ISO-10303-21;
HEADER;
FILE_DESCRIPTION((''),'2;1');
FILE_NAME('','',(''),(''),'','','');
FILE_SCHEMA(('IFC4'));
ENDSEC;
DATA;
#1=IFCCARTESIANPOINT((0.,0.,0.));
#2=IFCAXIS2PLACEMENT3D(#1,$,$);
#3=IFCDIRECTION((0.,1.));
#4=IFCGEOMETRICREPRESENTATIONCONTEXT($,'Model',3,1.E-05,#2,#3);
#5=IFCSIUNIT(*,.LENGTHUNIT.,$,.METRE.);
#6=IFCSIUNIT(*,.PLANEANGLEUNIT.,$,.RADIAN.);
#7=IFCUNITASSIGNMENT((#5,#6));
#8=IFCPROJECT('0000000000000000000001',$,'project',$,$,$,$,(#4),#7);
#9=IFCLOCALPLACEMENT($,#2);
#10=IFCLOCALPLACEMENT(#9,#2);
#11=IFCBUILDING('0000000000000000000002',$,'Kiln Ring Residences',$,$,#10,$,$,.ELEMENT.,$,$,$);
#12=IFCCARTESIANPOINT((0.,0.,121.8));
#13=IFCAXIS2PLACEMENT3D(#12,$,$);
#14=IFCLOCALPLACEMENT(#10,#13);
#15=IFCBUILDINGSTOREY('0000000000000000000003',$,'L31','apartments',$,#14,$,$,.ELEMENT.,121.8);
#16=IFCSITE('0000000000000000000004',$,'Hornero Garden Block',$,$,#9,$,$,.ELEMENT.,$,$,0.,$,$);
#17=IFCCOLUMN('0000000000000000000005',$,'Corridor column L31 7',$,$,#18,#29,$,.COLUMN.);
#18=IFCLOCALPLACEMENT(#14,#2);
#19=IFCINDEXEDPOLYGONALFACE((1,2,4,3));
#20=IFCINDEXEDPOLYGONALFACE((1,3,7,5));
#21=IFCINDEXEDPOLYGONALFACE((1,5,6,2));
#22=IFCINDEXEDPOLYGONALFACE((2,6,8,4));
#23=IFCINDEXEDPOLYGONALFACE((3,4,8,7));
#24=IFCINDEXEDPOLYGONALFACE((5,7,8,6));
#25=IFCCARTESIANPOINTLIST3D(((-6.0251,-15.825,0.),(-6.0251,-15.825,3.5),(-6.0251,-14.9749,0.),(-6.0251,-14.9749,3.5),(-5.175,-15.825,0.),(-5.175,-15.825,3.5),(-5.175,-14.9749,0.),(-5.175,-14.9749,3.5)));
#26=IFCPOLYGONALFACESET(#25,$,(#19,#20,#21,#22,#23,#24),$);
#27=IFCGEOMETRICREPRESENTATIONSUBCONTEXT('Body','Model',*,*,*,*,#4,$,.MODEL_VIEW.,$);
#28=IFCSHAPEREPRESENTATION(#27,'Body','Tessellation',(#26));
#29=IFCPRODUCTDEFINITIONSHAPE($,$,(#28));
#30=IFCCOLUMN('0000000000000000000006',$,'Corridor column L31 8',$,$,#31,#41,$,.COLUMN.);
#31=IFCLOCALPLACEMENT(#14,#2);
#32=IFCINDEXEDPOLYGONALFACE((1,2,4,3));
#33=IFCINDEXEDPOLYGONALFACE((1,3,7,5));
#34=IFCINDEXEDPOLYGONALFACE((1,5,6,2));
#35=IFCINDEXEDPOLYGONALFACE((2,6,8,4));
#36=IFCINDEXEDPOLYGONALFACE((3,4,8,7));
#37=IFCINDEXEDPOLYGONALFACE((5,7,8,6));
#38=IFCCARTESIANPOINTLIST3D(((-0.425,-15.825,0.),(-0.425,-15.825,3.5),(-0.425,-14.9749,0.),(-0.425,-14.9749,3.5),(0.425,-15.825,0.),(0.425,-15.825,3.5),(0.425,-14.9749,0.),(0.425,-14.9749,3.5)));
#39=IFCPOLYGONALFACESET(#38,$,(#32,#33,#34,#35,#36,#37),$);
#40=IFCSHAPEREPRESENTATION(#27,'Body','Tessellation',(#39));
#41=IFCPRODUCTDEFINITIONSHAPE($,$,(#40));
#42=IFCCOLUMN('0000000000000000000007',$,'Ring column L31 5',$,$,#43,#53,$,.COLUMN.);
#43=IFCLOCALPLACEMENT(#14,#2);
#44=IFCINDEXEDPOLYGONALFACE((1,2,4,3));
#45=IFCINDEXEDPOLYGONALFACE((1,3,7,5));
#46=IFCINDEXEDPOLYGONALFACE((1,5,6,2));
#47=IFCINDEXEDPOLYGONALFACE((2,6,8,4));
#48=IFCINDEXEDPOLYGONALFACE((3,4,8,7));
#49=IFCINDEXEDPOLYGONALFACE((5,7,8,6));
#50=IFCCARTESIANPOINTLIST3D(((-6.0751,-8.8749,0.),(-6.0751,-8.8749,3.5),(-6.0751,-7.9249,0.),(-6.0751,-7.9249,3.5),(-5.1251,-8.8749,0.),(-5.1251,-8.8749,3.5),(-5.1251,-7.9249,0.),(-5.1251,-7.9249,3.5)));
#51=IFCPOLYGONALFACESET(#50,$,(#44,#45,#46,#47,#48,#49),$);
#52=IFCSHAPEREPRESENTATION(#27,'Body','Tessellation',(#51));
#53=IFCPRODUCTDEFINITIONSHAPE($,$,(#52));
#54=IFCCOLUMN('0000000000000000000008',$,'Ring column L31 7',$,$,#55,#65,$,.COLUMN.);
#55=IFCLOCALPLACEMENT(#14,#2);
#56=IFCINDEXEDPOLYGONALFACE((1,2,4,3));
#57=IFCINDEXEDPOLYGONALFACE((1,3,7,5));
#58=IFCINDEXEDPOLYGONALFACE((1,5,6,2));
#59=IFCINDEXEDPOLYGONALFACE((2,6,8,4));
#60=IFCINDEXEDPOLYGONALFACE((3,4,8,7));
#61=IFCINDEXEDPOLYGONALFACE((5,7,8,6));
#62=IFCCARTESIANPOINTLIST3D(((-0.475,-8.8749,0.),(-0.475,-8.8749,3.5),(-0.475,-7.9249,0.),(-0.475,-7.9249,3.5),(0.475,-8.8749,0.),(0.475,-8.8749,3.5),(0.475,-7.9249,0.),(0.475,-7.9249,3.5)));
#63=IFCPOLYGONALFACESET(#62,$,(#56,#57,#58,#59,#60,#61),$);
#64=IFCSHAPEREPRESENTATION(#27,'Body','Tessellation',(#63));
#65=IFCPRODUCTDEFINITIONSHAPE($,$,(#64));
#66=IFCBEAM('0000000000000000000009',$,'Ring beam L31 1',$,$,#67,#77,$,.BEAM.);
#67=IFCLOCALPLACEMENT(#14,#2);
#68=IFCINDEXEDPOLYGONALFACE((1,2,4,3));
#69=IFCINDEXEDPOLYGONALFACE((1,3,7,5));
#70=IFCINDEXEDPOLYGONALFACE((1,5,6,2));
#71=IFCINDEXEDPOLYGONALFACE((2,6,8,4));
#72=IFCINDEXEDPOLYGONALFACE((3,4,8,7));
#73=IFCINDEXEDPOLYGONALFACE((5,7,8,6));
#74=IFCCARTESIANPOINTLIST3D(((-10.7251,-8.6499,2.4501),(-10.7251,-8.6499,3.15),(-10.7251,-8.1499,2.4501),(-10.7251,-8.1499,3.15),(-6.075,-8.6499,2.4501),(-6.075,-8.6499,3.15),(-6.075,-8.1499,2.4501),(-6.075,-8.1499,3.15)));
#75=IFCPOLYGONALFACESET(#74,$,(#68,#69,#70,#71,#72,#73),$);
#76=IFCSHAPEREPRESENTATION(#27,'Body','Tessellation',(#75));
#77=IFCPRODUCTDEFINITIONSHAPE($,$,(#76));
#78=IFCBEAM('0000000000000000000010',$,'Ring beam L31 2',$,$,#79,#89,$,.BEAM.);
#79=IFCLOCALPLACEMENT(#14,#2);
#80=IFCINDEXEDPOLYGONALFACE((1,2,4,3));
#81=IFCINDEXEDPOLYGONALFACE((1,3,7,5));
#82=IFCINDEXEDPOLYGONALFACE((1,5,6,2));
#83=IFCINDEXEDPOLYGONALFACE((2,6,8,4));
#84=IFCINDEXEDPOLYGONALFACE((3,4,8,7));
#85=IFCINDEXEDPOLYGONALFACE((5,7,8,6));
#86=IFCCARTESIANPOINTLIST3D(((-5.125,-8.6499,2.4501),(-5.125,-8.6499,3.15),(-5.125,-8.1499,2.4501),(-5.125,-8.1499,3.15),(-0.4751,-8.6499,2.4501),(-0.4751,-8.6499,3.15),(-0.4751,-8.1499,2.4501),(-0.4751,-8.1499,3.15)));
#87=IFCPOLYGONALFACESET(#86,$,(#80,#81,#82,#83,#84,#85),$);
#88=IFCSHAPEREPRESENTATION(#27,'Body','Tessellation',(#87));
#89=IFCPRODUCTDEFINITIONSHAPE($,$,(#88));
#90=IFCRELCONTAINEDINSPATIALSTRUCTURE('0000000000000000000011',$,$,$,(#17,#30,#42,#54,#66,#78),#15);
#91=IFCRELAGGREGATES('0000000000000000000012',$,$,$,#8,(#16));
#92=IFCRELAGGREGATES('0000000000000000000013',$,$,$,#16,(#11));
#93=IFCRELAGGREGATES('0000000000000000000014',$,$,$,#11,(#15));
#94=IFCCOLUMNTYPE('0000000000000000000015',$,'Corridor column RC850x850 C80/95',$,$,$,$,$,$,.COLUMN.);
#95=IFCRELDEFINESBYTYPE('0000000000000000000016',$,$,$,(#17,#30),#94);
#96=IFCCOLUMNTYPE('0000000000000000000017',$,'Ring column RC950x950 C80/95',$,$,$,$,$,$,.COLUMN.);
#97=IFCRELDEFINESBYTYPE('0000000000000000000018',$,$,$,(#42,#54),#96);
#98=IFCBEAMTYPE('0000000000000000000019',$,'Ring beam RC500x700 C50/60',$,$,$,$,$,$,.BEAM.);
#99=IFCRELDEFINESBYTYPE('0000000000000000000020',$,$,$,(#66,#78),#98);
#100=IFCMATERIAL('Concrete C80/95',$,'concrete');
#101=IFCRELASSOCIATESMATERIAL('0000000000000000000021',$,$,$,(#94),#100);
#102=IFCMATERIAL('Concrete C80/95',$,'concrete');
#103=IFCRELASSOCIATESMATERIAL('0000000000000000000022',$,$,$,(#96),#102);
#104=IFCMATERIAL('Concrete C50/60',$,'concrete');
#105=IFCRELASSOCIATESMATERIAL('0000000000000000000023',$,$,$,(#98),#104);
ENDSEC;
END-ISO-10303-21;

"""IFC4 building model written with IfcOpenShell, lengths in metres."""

from ifc_helpers import new_model, si_unit, direction, frame, origin, origin_2d, place, context, subcontext, project, spatial, rectangle, extrude, material, material_profile, profile_set, type_object, element, save


model = new_model("IFC4")

# Units and contexts
model_context = context("Model", 3, precision=1e-05, world=origin(), true_north=direction((0.0, 1.0)))
body_context = subcontext(model_context, "Body", "Model", "MODEL_VIEW")
ifc_project = project(units=[si_unit("LENGTHUNIT", "METRE"), si_unit("PLANEANGLEUNIT", "RADIAN")], contexts=[model_context])

# Site, building, storey
site_placement = place(None, origin())
site = spatial("IfcSite", under=ifc_project, at=site_placement, Name="Hornero Garden Block", CompositionType="ELEMENT", RefElevation=0.0)
building_placement = place(site_placement, origin())
building = spatial("IfcBuilding", under=site, at=building_placement, Name="Kiln Ring Residences", CompositionType="ELEMENT")
storey_placement = place(building_placement, frame((0.0, 0.0, 121.8)))
storey = spatial("IfcBuildingStorey", under=building, at=storey_placement, Name="L31", Description="apartments", CompositionType="ELEMENT", Elevation=121.8)

# Columns
ifc_material_1 = material(Name="Concrete C80/95", Category="concrete")
ifc_material_profile_1 = material_profile(ifc_material_1, rectangle(XDim=0.8501, YDim=0.8501, at=origin_2d()), Name="RC850x850")
ifc_profile_set_1 = profile_set([ifc_material_profile_1], Name="Concrete C80/95")
column_type_1 = type_object("IfcColumnType", Name="Corridor column RC850x850 C80/95", PredefinedType="COLUMN", material=ifc_profile_set_1)
for number, where, z_axis, x_axis, name in (
    (1, (-5.6001, -15.3999, 0.0), (0.0, 0.0, 1.0), (1.0, 0.0, 0.0), "Corridor column L31 7"),
    (2, (0.0, -15.3999, 0.0), (0.0, 0.0, 1.0), (1.0, 0.0, 0.0), "Corridor column L31 8"),
):
    element("IfcColumn", number, at=place(storey_placement, frame(where, z_axis=z_axis, x_axis=x_axis)), inside=storey, type_object=column_type_1, Name=name, PredefinedType="COLUMN", context=body_context, shape_type="SweptSolid", body=[
        extrude(rectangle(XDim=0.8501, YDim=0.8501, at=origin_2d()), origin(), (0.0, 0.0, 1.0), 3.5),
    ])
ifc_material_2 = material(Name="Concrete C80/95", Category="concrete")
ifc_material_profile_2 = material_profile(ifc_material_2, rectangle(XDim=0.95, YDim=0.95, at=origin_2d()), Name="RC950x950")
ifc_profile_set_2 = profile_set([ifc_material_profile_2], Name="Concrete C80/95")
column_type_2 = type_object("IfcColumnType", Name="Ring column RC950x950 C80/95", PredefinedType="COLUMN", material=ifc_profile_set_2)
for number, where, z_axis, x_axis, name in (
    (3, (-5.6001, -8.3999, 0.0), (0.0, 0.0, 1.0), (1.0, 0.0, 0.0), "Ring column L31 5"),
    (4, (0.0, -8.3999, 0.0), (0.0, 0.0, 1.0), (1.0, 0.0, 0.0), "Ring column L31 7"),
):
    element("IfcColumn", number, at=place(storey_placement, frame(where, z_axis=z_axis, x_axis=x_axis)), inside=storey, type_object=column_type_2, Name=name, PredefinedType="COLUMN", context=body_context, shape_type="SweptSolid", body=[
        extrude(rectangle(XDim=0.95, YDim=0.95, at=origin_2d()), origin(), (0.0, 0.0, 1.0), 3.5),
    ])

# Beams
ifc_material_3 = material(Name="Concrete C50/60", Category="concrete")
ifc_material_profile_3 = material_profile(ifc_material_3, rectangle(XDim=0.5, YDim=0.7, at=origin_2d()), Name="RC500x700")
ifc_profile_set_3 = profile_set([ifc_material_profile_3], Name="Concrete C50/60")
beam_type = type_object("IfcBeamType", Name="Ring beam RC500x700 C50/60", PredefinedType="BEAM", material=ifc_profile_set_3)
beam_1_placement = place(storey_placement, frame((-10.7251, -8.3999, 2.8), z_axis=(1.0, 0.0, 0.0), x_axis=(0.0, 1.0, 0.0)))
element("IfcBeam", 5, at=beam_1_placement, inside=storey, type_object=beam_type, Name="Ring beam L31 1", PredefinedType="BEAM", context=body_context, shape_type="SweptSolid", body=[
    extrude(rectangle(XDim=0.5, YDim=0.7, at=origin_2d()), origin(), (0.0, 0.0, 1.0), 4.6501),
])
beam_2_placement = place(storey_placement, frame((-5.125, -8.3999, 2.8), z_axis=(1.0, 0.0, 0.0), x_axis=(0.0, 1.0, 0.0)))
element("IfcBeam", 6, at=beam_2_placement, inside=storey, type_object=beam_type, Name="Ring beam L31 2", PredefinedType="BEAM", context=body_context, shape_type="SweptSolid", body=[
    extrude(rectangle(XDim=0.5, YDim=0.7, at=origin_2d()), origin(), (0.0, 0.0, 1.0), 4.6499),
])

save(model, "model.ifc")
